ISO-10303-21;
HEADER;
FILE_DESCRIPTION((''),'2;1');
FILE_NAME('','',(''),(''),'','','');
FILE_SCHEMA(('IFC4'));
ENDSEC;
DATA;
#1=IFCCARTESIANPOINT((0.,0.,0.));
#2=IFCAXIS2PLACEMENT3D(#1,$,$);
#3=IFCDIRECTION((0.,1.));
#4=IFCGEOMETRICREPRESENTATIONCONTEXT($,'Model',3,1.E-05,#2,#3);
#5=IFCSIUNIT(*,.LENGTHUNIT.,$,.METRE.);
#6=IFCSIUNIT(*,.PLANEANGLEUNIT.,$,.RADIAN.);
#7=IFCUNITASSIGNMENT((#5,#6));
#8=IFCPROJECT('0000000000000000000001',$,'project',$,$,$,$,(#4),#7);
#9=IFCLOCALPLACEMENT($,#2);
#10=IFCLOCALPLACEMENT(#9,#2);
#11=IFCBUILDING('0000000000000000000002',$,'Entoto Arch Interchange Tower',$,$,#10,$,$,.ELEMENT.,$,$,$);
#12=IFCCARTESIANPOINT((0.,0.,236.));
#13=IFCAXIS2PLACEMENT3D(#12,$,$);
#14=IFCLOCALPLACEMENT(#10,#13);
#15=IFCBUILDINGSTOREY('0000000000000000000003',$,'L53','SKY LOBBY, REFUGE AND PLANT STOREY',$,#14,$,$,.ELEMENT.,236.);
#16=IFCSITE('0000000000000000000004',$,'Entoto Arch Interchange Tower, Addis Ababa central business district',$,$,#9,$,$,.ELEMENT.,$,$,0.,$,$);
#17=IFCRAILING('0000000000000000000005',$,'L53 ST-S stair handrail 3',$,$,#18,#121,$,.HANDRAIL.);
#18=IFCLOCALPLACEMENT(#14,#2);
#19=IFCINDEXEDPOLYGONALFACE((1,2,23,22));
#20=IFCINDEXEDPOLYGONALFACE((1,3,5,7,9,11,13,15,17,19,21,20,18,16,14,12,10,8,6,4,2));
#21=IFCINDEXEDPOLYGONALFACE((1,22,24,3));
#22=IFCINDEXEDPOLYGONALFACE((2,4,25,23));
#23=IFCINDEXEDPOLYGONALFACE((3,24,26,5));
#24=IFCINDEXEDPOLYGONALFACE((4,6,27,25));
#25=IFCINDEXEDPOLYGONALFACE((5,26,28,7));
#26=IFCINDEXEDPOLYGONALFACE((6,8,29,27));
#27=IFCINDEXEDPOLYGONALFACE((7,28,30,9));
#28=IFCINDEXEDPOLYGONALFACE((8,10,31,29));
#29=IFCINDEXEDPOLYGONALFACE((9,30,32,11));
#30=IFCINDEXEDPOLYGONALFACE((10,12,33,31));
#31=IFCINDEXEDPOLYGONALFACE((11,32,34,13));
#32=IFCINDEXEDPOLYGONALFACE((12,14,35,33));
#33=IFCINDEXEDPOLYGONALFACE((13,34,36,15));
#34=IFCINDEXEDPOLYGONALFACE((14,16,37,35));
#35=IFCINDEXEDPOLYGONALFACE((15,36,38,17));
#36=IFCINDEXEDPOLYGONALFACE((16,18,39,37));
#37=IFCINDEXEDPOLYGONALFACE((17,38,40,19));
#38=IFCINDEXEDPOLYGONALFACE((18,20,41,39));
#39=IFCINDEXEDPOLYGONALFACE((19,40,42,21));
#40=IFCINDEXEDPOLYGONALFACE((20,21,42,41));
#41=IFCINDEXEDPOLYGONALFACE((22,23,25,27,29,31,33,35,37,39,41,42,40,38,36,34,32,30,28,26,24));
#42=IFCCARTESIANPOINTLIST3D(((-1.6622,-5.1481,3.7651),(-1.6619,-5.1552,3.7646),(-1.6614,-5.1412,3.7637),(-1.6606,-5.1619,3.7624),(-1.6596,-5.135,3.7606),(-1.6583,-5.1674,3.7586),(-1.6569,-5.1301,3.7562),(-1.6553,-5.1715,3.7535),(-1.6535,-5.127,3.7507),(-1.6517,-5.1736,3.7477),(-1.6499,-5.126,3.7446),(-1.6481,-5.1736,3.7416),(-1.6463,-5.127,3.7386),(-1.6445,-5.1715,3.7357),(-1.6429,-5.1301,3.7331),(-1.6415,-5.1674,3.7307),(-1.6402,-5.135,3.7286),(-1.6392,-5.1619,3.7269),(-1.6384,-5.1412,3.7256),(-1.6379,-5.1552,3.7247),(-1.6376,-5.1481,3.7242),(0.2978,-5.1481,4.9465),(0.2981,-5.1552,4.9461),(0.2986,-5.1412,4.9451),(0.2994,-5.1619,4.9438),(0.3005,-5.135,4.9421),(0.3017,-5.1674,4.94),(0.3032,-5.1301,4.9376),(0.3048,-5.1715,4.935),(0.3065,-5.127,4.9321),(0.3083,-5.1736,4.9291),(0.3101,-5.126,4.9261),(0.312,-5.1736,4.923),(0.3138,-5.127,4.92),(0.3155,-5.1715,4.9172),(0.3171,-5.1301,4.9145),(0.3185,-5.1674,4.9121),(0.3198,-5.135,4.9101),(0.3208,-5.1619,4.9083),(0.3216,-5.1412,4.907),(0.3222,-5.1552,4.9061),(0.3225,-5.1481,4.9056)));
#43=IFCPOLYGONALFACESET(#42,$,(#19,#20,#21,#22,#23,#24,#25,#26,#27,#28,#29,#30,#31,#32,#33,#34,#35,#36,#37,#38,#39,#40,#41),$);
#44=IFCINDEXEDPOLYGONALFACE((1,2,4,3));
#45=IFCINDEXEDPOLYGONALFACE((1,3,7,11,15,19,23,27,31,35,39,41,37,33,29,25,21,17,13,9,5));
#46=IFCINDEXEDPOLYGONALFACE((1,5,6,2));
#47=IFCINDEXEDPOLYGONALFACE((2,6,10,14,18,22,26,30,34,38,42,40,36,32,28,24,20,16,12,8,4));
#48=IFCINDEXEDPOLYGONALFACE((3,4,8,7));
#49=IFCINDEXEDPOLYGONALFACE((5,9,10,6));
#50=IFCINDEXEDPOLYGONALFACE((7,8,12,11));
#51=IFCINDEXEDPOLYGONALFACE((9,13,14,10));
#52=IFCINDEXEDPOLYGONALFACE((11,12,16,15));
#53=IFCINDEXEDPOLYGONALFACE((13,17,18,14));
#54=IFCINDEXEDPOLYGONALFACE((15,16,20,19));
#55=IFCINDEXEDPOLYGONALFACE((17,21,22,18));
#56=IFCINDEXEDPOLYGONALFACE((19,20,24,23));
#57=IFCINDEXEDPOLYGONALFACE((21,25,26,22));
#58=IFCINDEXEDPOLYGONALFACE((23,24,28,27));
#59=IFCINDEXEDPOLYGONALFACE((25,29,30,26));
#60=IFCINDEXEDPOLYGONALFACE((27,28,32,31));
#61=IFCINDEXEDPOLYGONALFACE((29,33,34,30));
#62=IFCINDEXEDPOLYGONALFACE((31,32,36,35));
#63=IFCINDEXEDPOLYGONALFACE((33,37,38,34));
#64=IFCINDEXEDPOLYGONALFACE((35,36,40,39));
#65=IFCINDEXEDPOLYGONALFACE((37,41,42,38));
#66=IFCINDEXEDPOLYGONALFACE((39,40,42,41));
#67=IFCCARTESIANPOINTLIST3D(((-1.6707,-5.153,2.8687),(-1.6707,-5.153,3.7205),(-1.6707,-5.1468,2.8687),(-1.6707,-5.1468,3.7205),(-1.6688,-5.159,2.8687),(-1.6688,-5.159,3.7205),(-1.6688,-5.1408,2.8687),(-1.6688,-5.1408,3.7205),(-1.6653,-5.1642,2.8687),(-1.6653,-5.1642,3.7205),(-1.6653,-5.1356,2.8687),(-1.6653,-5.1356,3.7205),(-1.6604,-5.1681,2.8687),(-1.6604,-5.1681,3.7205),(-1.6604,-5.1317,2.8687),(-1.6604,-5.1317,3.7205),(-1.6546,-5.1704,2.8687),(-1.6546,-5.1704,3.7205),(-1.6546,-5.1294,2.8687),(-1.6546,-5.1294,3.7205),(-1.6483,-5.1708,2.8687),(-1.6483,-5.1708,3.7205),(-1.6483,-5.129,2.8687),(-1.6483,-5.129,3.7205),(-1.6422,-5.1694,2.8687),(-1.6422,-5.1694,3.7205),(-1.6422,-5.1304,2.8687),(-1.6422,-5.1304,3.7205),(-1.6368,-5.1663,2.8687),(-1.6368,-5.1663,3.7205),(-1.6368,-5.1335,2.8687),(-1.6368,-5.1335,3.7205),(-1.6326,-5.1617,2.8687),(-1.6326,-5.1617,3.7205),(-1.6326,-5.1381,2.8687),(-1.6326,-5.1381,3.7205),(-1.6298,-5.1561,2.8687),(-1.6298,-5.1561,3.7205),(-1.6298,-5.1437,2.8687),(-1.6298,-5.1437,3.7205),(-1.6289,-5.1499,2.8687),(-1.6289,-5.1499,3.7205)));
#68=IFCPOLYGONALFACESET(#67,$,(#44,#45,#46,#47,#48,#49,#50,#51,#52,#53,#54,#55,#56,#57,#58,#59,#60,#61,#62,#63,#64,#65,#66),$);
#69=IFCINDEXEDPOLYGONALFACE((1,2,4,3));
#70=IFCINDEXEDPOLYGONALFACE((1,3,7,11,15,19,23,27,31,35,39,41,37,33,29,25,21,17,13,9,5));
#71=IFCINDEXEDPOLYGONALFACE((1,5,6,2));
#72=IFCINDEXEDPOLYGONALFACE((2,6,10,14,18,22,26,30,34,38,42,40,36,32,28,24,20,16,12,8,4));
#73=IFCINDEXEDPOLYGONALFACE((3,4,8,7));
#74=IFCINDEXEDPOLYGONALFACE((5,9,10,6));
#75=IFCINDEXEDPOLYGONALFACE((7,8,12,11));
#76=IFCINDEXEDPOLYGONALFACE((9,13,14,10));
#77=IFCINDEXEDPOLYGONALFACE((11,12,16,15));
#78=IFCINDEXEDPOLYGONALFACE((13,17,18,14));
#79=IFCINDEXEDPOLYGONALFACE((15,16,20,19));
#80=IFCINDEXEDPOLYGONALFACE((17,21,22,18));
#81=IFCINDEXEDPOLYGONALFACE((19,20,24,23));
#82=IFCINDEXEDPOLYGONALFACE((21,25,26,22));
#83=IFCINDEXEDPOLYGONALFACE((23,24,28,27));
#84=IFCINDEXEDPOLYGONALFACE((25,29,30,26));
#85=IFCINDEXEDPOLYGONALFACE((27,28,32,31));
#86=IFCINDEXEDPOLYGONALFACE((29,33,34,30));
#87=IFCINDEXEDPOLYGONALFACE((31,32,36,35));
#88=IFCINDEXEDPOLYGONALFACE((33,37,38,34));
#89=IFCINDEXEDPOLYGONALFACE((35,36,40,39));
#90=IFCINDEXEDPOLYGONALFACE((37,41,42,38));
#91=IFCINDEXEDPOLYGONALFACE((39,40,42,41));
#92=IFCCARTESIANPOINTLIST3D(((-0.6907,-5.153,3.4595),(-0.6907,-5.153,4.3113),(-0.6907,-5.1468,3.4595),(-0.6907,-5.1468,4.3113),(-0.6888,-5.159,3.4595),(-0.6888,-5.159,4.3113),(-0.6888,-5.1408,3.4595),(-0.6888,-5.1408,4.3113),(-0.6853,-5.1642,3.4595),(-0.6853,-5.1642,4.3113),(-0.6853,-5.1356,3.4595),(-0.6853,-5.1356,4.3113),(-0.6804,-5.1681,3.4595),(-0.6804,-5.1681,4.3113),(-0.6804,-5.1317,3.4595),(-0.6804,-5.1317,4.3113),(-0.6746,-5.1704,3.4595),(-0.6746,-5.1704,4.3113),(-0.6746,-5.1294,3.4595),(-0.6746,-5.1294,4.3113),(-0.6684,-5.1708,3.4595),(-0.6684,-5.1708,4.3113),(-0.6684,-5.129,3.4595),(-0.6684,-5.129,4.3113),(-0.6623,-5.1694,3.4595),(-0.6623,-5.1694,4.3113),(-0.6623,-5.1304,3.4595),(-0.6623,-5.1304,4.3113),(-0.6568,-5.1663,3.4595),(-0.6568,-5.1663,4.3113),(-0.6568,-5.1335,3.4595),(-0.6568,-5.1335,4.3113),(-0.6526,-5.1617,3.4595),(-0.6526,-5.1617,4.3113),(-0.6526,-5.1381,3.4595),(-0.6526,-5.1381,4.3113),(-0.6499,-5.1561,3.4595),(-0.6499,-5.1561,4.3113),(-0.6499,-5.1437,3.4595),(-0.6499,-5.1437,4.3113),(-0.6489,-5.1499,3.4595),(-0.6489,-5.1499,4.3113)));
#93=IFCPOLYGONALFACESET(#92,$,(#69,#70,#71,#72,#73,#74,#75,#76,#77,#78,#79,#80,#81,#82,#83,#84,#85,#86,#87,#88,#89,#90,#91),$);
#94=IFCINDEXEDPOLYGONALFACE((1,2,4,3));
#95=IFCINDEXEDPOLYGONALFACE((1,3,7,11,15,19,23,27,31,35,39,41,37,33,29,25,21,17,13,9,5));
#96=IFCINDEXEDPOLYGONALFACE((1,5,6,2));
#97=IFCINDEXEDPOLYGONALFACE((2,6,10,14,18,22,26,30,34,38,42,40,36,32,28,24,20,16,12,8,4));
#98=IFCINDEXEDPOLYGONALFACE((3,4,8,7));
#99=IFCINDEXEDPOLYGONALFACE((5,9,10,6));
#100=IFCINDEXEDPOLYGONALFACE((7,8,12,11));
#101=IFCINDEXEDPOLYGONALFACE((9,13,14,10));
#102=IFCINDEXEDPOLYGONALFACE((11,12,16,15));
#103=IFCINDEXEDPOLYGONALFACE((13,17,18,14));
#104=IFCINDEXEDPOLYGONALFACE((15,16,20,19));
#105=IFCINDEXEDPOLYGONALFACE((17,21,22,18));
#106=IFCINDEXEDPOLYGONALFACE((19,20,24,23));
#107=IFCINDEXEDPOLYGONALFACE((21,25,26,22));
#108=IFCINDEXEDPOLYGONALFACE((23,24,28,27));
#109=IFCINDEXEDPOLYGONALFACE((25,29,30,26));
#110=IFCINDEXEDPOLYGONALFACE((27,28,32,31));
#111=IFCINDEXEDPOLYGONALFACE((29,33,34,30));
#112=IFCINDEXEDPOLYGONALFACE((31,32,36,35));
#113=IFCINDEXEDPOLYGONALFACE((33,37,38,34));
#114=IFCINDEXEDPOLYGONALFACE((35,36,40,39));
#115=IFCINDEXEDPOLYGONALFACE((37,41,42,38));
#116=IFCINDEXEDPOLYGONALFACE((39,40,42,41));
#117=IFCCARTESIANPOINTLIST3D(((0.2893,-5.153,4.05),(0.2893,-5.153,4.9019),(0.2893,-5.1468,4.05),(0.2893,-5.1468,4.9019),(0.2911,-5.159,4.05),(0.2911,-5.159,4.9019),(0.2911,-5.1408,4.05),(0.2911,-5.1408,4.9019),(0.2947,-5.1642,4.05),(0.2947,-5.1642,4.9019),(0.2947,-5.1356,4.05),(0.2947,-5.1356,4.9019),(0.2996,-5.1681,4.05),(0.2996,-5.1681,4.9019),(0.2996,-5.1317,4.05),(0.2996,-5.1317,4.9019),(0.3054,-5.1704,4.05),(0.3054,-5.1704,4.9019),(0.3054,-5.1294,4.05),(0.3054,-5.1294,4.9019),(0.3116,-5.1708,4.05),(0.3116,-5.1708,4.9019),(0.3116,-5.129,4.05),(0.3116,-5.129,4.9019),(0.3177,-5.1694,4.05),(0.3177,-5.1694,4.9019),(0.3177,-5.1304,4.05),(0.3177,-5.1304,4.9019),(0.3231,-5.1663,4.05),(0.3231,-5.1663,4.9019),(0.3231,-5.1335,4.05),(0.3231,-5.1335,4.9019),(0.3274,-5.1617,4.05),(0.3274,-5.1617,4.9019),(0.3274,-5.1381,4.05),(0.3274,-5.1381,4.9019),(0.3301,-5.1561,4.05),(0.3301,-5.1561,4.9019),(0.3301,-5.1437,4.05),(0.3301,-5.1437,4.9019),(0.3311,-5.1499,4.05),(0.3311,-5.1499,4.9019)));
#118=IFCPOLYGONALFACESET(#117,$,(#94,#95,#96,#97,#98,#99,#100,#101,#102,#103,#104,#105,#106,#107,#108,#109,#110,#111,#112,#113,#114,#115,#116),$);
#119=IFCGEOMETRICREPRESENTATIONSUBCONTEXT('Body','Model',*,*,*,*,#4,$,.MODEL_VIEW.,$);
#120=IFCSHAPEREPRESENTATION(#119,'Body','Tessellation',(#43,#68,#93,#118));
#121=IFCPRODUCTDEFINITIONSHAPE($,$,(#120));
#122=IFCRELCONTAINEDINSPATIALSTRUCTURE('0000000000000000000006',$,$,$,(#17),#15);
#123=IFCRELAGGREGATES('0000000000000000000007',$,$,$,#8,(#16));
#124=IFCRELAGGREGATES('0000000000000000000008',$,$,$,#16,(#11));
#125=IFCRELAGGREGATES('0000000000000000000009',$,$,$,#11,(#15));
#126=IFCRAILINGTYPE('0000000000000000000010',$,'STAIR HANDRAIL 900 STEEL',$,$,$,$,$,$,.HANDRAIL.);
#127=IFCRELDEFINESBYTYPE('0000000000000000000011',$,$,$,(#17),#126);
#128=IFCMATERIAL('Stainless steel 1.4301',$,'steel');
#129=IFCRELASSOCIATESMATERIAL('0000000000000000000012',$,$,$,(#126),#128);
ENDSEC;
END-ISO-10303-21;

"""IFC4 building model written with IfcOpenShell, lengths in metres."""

from ifc_helpers import new_model, si_unit, direction, frame, origin, origin_2d, place, context, subcontext, project, spatial, circle, extrude, material, type_object, element, save


model = new_model("IFC4")

# Units and contexts
model_context = context("Model", 3, precision=1e-05, world=origin(), true_north=direction((0.0, 1.0)))
body_context = subcontext(model_context, "Body", "Model", "MODEL_VIEW")
ifc_project = project(units=[si_unit("LENGTHUNIT", "METRE"), si_unit("PLANEANGLEUNIT", "RADIAN")], contexts=[model_context])

# Site, building, storey
site_placement = place(None, origin())
site = spatial("IfcSite", under=ifc_project, at=site_placement, Name="Entoto Arch Interchange Tower, Addis Ababa central business district", CompositionType="ELEMENT", RefElevation=0.0)
building_placement = place(site_placement, origin())
building = spatial("IfcBuilding", under=site, at=building_placement, Name="Entoto Arch Interchange Tower", CompositionType="ELEMENT")
storey_placement = place(building_placement, frame((0.0, 0.0, 236.0)))
storey = spatial("IfcBuildingStorey", under=building, at=storey_placement, Name="L53", Description="SKY LOBBY, REFUGE AND PLANT STOREY", CompositionType="ELEMENT", Elevation=236.0)

# Railing
ifc_material_1 = material(Name="Stainless steel 1.4301", Category="steel")
railing_type_1 = type_object("IfcRailingType", Name="STAIR HANDRAIL 900 STEEL", PredefinedType="HANDRAIL", material=ifc_material_1)
for number, where, name in (
    (1, (-1.6499, -5.1499, 2.8687), "L53 ST-S stair handrail 3"),
):
    element("IfcRailing", number, at=place(storey_placement, frame(where)), inside=storey, type_object=railing_type_1, Name=name, PredefinedType="HANDRAIL", context=body_context, shape_type="SweptSolid", body=[
        extrude(circle(Radius=0.0239, at=origin_2d()), frame((0.0, 0.0, 0.876), z_axis=(0.856446, 0.0, 0.516236), x_axis=(0.0, 1.0, 0.0)), (0.0, 0.0, 1.0), 2.2886),
        extrude(circle(Radius=0.021, at=origin_2d()), origin(), (0.0, 0.0, 1.0), 0.8518),
        extrude(circle(Radius=0.021, at=origin_2d()), frame((0.98, 0.0, 0.5908)), (0.0, 0.0, 1.0), 0.8518),
        extrude(circle(Radius=0.021, at=origin_2d()), frame((1.96, 0.0, 1.1814)), (0.0, 0.0, 1.0), 0.8518),
    ])

save(model, "model.ifc")
